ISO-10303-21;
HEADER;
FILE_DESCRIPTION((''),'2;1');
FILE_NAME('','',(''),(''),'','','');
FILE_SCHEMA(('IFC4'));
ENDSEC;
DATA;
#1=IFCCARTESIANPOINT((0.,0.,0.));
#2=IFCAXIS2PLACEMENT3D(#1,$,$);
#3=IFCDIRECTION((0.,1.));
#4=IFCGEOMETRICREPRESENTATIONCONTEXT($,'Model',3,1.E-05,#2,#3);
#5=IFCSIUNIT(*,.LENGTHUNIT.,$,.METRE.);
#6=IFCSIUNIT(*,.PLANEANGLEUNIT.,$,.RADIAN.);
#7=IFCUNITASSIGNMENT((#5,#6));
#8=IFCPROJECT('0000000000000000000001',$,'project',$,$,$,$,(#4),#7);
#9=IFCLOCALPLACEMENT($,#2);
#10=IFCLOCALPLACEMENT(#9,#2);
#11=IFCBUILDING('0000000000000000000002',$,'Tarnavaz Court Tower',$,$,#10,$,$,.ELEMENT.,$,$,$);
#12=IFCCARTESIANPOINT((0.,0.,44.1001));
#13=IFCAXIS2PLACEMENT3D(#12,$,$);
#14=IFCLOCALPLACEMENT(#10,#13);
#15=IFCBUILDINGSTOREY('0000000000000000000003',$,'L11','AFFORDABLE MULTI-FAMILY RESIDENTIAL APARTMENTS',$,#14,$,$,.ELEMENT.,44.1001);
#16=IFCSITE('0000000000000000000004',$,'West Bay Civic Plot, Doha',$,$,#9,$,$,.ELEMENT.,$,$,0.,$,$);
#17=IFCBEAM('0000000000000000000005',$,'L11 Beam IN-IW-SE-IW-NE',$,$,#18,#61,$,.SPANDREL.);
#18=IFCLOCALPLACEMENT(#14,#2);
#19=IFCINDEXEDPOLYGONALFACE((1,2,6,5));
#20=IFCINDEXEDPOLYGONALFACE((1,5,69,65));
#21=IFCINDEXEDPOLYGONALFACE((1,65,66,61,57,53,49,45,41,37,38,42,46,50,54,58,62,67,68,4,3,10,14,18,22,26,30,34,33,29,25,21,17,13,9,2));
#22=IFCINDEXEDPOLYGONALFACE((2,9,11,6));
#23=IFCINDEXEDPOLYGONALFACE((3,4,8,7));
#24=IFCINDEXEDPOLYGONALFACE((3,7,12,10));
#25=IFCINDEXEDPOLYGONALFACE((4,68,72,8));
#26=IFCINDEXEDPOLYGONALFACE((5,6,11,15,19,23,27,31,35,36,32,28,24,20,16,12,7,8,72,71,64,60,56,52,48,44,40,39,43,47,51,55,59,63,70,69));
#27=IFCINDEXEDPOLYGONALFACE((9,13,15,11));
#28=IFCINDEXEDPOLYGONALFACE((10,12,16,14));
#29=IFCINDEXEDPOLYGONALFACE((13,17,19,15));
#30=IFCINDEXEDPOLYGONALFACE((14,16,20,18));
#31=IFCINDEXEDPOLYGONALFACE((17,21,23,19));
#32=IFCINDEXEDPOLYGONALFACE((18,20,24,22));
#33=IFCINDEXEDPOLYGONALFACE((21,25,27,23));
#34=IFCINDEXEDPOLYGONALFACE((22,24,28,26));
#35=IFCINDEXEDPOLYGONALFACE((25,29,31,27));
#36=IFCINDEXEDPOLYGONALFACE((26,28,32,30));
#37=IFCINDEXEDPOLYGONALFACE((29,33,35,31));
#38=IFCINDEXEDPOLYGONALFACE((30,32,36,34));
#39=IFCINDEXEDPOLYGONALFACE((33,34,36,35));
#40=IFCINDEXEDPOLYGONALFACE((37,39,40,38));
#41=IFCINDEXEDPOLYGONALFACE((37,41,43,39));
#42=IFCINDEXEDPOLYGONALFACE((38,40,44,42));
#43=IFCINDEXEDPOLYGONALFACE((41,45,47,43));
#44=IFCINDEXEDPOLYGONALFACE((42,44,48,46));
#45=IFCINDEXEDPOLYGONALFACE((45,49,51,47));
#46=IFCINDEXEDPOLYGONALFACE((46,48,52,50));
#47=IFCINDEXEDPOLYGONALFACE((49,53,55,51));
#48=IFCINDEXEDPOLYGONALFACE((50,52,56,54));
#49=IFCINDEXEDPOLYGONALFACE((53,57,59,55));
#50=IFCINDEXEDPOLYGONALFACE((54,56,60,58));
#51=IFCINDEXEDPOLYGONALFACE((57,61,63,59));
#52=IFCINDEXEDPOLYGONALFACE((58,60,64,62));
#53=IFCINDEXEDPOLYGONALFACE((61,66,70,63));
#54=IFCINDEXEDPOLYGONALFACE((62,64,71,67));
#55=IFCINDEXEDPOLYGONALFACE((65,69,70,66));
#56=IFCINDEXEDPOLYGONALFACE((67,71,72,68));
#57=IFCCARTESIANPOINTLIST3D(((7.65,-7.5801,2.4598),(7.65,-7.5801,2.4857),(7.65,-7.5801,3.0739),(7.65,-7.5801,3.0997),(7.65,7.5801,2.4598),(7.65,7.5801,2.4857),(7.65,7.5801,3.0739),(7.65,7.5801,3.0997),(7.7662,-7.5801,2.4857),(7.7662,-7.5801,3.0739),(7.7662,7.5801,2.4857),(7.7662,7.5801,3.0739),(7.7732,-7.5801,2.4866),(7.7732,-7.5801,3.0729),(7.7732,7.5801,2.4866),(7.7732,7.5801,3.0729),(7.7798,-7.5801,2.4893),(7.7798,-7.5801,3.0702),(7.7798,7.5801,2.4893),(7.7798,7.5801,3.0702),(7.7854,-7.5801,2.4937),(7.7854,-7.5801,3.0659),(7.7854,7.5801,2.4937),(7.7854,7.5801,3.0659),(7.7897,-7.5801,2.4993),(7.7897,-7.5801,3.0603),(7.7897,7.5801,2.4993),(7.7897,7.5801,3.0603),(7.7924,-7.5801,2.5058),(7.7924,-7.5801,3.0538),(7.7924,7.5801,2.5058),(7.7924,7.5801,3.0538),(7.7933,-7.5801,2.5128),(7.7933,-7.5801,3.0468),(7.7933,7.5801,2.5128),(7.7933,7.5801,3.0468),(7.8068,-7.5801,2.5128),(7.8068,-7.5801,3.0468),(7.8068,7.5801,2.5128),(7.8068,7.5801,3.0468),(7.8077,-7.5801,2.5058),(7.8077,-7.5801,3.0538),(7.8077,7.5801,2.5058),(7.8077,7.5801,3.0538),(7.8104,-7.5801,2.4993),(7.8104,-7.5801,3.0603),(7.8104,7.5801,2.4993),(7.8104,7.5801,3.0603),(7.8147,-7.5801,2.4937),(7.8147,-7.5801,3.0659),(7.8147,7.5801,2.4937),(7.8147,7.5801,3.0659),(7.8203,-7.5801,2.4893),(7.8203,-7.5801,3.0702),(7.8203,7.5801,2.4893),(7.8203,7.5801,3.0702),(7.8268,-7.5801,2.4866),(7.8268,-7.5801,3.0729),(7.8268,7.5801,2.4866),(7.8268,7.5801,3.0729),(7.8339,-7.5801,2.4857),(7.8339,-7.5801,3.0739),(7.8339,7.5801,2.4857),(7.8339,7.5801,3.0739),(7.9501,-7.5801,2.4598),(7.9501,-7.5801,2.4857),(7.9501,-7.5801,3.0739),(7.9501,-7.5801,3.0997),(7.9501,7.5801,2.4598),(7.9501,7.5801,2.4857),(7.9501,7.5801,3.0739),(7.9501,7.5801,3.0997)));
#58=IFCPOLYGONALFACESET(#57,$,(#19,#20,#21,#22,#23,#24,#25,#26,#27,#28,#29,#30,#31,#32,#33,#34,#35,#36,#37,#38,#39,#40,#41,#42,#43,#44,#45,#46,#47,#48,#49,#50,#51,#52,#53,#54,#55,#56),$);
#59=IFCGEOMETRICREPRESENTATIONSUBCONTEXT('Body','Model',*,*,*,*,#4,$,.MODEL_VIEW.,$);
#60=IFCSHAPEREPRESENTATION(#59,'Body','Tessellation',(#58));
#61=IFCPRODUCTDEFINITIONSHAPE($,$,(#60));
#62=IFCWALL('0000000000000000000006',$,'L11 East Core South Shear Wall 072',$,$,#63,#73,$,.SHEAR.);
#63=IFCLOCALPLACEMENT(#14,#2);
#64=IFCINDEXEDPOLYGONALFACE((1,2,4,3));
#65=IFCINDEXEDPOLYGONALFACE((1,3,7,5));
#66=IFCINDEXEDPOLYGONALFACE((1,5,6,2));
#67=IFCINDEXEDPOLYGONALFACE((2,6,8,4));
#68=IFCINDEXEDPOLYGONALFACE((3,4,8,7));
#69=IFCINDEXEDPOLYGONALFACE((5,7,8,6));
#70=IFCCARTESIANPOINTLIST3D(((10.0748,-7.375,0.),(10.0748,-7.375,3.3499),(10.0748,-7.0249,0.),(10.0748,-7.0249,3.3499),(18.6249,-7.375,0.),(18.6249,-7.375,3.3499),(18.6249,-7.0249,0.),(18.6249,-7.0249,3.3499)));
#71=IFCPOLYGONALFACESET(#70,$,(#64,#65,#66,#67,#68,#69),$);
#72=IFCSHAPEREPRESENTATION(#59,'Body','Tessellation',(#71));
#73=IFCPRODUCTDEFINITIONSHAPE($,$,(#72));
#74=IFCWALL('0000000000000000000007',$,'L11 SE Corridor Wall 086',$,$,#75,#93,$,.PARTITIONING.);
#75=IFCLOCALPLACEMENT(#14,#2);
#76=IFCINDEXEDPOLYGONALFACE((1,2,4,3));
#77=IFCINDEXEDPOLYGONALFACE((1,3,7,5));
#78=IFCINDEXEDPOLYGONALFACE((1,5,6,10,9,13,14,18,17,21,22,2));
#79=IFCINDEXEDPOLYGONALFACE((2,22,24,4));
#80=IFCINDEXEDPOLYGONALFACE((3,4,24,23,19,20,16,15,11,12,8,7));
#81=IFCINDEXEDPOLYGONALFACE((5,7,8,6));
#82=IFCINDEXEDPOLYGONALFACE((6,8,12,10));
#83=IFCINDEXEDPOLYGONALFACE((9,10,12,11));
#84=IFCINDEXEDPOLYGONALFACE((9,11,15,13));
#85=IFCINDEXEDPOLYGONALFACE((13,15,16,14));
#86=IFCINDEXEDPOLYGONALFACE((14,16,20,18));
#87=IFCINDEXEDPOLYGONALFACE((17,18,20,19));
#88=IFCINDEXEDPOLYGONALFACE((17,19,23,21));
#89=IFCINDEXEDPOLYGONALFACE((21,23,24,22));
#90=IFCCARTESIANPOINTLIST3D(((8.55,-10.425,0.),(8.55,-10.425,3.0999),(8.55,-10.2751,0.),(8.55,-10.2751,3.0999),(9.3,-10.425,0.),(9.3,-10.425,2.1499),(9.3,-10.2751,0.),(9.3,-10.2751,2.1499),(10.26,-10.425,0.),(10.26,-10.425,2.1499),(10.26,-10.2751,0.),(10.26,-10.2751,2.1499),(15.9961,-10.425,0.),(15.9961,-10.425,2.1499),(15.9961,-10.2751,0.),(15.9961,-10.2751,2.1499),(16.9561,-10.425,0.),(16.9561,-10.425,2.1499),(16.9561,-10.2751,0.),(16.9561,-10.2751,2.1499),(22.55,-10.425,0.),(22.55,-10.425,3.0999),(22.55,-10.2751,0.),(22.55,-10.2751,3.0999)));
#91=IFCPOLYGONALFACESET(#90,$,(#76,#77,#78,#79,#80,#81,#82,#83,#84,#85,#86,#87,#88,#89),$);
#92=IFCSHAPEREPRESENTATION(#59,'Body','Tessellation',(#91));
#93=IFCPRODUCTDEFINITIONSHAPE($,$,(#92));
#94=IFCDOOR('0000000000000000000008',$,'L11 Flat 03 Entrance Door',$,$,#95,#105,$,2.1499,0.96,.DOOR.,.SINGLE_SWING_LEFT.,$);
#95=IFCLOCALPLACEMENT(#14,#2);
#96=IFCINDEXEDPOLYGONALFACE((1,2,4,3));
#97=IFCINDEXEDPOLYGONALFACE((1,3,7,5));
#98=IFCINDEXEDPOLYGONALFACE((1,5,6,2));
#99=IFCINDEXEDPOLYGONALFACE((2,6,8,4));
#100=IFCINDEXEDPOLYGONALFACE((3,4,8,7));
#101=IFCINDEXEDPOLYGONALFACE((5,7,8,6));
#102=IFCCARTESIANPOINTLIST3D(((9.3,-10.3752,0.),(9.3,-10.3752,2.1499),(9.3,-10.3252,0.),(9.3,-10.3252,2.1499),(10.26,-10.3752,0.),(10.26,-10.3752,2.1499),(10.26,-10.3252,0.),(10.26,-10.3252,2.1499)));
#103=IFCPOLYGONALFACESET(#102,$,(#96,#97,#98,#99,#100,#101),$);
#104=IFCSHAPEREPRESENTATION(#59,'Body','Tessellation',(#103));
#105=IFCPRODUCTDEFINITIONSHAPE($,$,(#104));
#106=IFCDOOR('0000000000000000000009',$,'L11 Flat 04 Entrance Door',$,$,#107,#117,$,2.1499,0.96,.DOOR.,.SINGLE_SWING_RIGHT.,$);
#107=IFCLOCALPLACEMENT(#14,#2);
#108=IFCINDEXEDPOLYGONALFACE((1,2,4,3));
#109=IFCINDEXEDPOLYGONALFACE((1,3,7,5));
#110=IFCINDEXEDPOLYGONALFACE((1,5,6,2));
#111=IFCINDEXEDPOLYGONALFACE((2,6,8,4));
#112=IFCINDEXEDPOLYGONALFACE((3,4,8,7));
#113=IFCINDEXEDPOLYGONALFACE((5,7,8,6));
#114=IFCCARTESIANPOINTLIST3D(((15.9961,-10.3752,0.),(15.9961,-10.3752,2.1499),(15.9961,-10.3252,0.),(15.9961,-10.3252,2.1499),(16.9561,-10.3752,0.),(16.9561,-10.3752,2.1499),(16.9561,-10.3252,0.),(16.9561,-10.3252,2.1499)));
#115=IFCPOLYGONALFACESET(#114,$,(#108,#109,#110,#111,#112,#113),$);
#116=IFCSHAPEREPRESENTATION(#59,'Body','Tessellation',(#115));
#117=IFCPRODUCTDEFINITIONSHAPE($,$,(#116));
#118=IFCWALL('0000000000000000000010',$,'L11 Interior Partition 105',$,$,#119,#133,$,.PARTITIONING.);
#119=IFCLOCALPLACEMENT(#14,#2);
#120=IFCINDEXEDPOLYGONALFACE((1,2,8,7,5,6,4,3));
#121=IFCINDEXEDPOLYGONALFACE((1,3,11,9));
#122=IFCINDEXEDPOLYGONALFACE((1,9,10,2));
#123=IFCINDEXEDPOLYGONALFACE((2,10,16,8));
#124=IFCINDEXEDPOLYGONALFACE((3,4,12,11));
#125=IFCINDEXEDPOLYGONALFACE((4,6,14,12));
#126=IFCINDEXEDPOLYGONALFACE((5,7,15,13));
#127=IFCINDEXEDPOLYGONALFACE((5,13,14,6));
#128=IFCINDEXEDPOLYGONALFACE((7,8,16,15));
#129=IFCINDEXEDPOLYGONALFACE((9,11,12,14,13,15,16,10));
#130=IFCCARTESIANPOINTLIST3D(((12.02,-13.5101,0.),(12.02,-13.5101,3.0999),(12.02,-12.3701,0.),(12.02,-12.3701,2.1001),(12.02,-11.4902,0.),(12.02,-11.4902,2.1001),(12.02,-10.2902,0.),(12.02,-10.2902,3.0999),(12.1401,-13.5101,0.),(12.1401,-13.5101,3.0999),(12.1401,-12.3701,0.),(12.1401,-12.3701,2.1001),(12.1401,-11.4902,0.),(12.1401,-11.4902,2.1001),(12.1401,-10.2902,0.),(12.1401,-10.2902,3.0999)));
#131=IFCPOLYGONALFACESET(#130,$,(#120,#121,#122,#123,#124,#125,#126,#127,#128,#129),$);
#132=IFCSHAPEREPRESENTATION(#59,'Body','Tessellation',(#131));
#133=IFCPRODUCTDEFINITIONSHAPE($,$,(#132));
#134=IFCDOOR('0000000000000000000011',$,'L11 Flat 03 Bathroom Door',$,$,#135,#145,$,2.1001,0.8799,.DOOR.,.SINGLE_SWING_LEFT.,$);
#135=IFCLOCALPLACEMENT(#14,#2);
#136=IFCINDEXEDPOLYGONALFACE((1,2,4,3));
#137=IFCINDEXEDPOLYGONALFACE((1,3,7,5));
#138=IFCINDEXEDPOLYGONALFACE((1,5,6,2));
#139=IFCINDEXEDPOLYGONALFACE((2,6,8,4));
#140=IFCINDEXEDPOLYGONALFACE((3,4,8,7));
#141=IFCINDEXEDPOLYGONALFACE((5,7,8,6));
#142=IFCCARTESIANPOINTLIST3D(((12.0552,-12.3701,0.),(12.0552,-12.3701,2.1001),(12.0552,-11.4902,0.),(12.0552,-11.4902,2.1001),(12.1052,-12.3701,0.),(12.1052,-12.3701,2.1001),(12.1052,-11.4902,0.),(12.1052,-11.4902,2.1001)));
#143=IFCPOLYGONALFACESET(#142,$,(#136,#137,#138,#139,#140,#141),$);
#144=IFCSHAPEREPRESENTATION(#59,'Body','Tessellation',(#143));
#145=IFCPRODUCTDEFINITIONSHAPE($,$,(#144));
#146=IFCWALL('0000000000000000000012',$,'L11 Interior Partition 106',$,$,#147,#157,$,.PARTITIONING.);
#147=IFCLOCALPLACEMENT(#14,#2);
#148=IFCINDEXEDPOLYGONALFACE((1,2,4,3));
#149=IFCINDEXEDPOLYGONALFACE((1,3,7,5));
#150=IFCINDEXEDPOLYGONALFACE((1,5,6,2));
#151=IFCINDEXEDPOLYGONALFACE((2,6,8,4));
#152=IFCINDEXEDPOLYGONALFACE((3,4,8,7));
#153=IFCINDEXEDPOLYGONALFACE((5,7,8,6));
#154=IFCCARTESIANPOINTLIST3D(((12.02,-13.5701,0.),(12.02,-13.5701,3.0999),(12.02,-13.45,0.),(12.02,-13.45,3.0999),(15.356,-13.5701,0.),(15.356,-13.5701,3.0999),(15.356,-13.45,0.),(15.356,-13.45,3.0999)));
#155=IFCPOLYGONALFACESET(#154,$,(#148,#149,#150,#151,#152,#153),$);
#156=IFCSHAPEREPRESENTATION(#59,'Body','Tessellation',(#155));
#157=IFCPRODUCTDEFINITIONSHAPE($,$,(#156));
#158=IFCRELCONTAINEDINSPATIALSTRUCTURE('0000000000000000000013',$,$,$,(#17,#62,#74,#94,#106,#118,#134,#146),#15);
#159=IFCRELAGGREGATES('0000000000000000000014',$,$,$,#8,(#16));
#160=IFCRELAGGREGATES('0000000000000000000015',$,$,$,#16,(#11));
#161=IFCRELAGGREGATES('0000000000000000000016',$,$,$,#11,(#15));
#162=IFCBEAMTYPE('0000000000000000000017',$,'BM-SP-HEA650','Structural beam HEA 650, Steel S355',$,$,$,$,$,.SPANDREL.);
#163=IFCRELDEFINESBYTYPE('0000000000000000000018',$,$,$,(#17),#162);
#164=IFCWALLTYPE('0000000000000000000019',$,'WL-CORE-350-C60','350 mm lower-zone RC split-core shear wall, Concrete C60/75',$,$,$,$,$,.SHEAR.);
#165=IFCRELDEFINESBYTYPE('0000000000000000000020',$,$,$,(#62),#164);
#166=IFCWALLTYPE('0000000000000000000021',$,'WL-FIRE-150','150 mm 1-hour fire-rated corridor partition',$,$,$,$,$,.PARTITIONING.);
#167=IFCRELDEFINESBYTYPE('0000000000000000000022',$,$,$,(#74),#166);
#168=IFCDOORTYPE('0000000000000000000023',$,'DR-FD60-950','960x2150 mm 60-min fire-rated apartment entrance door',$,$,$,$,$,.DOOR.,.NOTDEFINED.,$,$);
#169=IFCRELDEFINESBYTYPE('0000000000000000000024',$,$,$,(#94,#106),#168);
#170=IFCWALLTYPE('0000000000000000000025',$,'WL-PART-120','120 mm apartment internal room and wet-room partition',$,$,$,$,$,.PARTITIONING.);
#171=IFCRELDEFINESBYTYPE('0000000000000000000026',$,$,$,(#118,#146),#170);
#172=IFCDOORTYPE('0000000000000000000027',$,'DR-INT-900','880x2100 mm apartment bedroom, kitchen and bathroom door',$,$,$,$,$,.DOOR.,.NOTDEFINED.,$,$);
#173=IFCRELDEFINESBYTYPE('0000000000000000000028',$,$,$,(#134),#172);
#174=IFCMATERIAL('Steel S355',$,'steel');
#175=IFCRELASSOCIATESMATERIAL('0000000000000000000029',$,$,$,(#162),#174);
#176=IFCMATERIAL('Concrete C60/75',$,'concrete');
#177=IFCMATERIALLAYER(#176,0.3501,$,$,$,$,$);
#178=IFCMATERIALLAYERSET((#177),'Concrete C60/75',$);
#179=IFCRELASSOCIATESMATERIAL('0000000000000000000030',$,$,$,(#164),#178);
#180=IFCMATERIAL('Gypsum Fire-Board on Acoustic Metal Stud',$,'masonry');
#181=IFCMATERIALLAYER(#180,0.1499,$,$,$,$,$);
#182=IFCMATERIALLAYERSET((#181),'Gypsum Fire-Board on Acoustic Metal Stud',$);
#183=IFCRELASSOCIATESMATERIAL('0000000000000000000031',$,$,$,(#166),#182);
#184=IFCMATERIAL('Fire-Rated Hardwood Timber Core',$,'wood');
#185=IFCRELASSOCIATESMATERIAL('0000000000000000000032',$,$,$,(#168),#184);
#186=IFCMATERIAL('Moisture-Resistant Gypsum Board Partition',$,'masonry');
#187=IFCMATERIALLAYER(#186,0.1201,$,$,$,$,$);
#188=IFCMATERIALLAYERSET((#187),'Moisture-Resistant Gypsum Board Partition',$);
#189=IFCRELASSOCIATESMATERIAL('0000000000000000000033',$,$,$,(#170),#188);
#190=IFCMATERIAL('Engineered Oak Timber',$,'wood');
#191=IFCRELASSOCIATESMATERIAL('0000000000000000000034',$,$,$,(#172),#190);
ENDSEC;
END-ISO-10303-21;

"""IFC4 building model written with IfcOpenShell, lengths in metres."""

from ifc_helpers import new_model, si_unit, direction, frame, frame_2d, origin, origin_2d, place, context, subcontext, project, spatial, rectangle, i_section, extrude, material, layer, layer_set, material_profile, profile_set, type_object, element, fill, save


model = new_model("IFC4")

# Units and contexts
model_context = context("Model", 3, precision=1e-05, world=origin(), true_north=direction((0.0, 1.0)))
body_context = subcontext(model_context, "Body", "Model", "MODEL_VIEW")
ifc_project = project(units=[si_unit("LENGTHUNIT", "METRE"), si_unit("PLANEANGLEUNIT", "RADIAN")], contexts=[model_context])

# Site, building, storey
site_placement = place(None, origin())
site = spatial("IfcSite", under=ifc_project, at=site_placement, Name="West Bay Civic Plot, Doha", CompositionType="ELEMENT", RefElevation=0.0)
building_placement = place(site_placement, origin())
building = spatial("IfcBuilding", under=site, at=building_placement, Name="Tarnavaz Court Tower", CompositionType="ELEMENT")
storey_placement = place(building_placement, frame((0.0, 0.0, 44.1001)))
storey = spatial("IfcBuildingStorey", under=building, at=storey_placement, Name="L11", Description="AFFORDABLE MULTI-FAMILY RESIDENTIAL APARTMENTS", CompositionType="ELEMENT", Elevation=44.1001)

# Shared definitions
ifc_material_1 = material(Name="Concrete C60/75", Category="concrete")

# Beam
ifc_material_2 = material(Name="Steel S355", Category="steel")
ifc_material_profile_1 = material_profile(ifc_material_2, i_section(OverallWidth=0.3, OverallDepth=0.6399, WebThickness=0.0134, FlangeThickness=0.0259, FilletRadius=0.0271, at=origin_2d()), Name="HEA 650")
ifc_profile_set_1 = profile_set([ifc_material_profile_1], Name="Steel S355")
beam_type_1 = type_object("IfcBeamType", Name="BM-SP-HEA650", Description="Structural beam HEA 650, Steel S355", PredefinedType="SPANDREL", material=ifc_profile_set_1)
beam_1_placement = place(storey_placement, frame((7.8, -7.5801, 2.7798), z_axis=(0.0, 1.0, 0.0), x_axis=(-1.0, 0.0, 0.0)))
element("IfcBeam", 1, at=beam_1_placement, inside=storey, type_object=beam_type_1, Name="L11 Beam IN-IW-SE-IW-NE", PredefinedType="SPANDREL", context=body_context, shape_type="SweptSolid", body=[
    extrude(i_section(OverallWidth=0.3, OverallDepth=0.6399, WebThickness=0.0134, FlangeThickness=0.0259, FilletRadius=0.0271, at=origin_2d()), origin(), (0.0, 0.0, 1.0), 15.1602),
])

# Wall
ifc_layer_1 = layer(ifc_material_1, 0.3501)
ifc_layer_set_1 = layer_set([ifc_layer_1], Name="Concrete C60/75")
wall_type_1 = type_object("IfcWallType", Name="WL-CORE-350-C60", Description="350 mm lower-zone RC split-core shear wall, Concrete C60/75", PredefinedType="SHEAR", material=ifc_layer_set_1)
wall_1_placement = place(storey_placement, frame((10.075, -7.2, 0.0), z_axis=(0.0, 0.0, 1.0), x_axis=(1.0, 0.0, 0.0)))
element("IfcWall", 2, at=wall_1_placement, inside=storey, type_object=wall_type_1, Name="L11 East Core South Shear Wall 072", PredefinedType="SHEAR", context=body_context, shape_type="SweptSolid", body=[
    extrude(rectangle(XDim=8.55, YDim=0.3501, at=frame_2d((4.2749, 0.0))), origin(), (0.0, 0.0, 1.0), 3.3499),
])

# Wall, openings, doors
ifc_material_3 = material(Name="Gypsum Fire-Board on Acoustic Metal Stud", Category="masonry")
ifc_layer_2 = layer(ifc_material_3, 0.1499)
ifc_layer_set_2 = layer_set([ifc_layer_2], Name="Gypsum Fire-Board on Acoustic Metal Stud")
wall_type_2 = type_object("IfcWallType", Name="WL-FIRE-150", Description="150 mm 1-hour fire-rated corridor partition", PredefinedType="PARTITIONING", material=ifc_layer_set_2)
wall_2_placement = place(storey_placement, frame((8.55, -10.3501, 0.0), z_axis=(0.0, 0.0, 1.0), x_axis=(1.0, 0.0, 0.0)))
wall_2 = element("IfcWall", 3, at=wall_2_placement, inside=storey, type_object=wall_type_2, Name="L11 SE Corridor Wall 086", PredefinedType="PARTITIONING", context=body_context, shape_type="SweptSolid", body=[
    extrude(rectangle(XDim=14.0, YDim=0.1499, at=frame_2d((7.0, 0.0))), origin(), (0.0, 0.0, 1.0), 3.0999),
])
opening_1_placement = place(wall_2_placement, frame((0.75, 0.0, 0.0)))
opening_1 = element("IfcOpeningElement", 4, at=opening_1_placement, cuts=wall_2, PredefinedType="OPENING", context=body_context, shape_type="SweptSolid", body=[
    extrude(rectangle(XDim=0.96, YDim=2.1499, at=frame_2d((0.48, 1.075))), frame((0.0, 0.085, 0.0), z_axis=(0.0, -1.0, 0.0), x_axis=(1.0, 0.0, 0.0)), (0.0, 0.0, 1.0), 0.1699),
])
opening_2_placement = place(wall_2_placement, frame((7.446, 0.0, 0.0)))
opening_2 = element("IfcOpeningElement", 5, at=opening_2_placement, cuts=wall_2, PredefinedType="OPENING", context=body_context, shape_type="SweptSolid", body=[
    extrude(rectangle(XDim=0.96, YDim=2.1499, at=frame_2d((0.48, 1.075))), frame((0.0, 0.085, 0.0), z_axis=(0.0, -1.0, 0.0), x_axis=(1.0, 0.0, 0.0)), (0.0, 0.0, 1.0), 0.1699),
])
ifc_material_4 = material(Name="Fire-Rated Hardwood Timber Core", Category="wood")
door_type_1 = type_object("IfcDoorType", Name="DR-FD60-950", Description="960x2150 mm 60-min fire-rated apartment entrance door", OperationType="NOTDEFINED", PredefinedType="DOOR", material=ifc_material_4)
door_1_placement = place(opening_1_placement, origin())
door_1 = element("IfcDoor", 6, at=door_1_placement, inside=storey, type_object=door_type_1, Name="L11 Flat 03 Entrance Door", OperationType="SINGLE_SWING_LEFT", OverallHeight=2.1499, OverallWidth=0.96, PredefinedType="DOOR", context=body_context, shape_type="SweptSolid", body=[
    extrude(rectangle(XDim=0.96, YDim=2.1499, at=frame_2d((0.48, 1.075))), frame((0.0, 0.0249, 0.0), z_axis=(0.0, -1.0, 0.0), x_axis=(1.0, 0.0, 0.0)), (0.0, 0.0, 1.0), 0.05),
])
fill(opening_1, door_1)
door_2_placement = place(opening_2_placement, origin())
door_2 = element("IfcDoor", 7, at=door_2_placement, inside=storey, type_object=door_type_1, Name="L11 Flat 04 Entrance Door", OperationType="SINGLE_SWING_RIGHT", OverallHeight=2.1499, OverallWidth=0.96, PredefinedType="DOOR", context=body_context, shape_type="SweptSolid", body=[
    extrude(rectangle(XDim=0.96, YDim=2.1499, at=frame_2d((0.48, 1.075))), frame((0.0, 0.0249, 0.0), z_axis=(0.0, -1.0, 0.0), x_axis=(1.0, 0.0, 0.0)), (0.0, 0.0, 1.0), 0.05),
])
fill(opening_2, door_2)

# Wall, opening, door
ifc_material_5 = material(Name="Moisture-Resistant Gypsum Board Partition", Category="masonry")
ifc_layer_3 = layer(ifc_material_5, 0.1201)
ifc_layer_set_3 = layer_set([ifc_layer_3], Name="Moisture-Resistant Gypsum Board Partition")
wall_type_3 = type_object("IfcWallType", Name="WL-PART-120", Description="120 mm apartment internal room and wet-room partition", PredefinedType="PARTITIONING", material=ifc_layer_set_3)
wall_3_placement = place(storey_placement, frame((12.0801, -13.51, 0.0), z_axis=(0.0, 0.0, 1.0), x_axis=(0.0, 1.0, 0.0)))
wall_3 = element("IfcWall", 8, at=wall_3_placement, inside=storey, type_object=wall_type_3, Name="L11 Interior Partition 105", PredefinedType="PARTITIONING", context=body_context, shape_type="SweptSolid", body=[
    extrude(rectangle(XDim=3.22, YDim=0.1201, at=frame_2d((1.6099, 0.0))), origin(), (0.0, 0.0, 1.0), 3.0999),
])
opening_3_placement = place(wall_3_placement, frame((1.1399, 0.0, 0.0)))
opening_3 = element("IfcOpeningElement", 9, at=opening_3_placement, cuts=wall_3, PredefinedType="OPENING", context=body_context, shape_type="SweptSolid", body=[
    extrude(rectangle(XDim=0.8799, YDim=2.1001, at=frame_2d((0.4399, 1.05))), frame((0.0, 0.0701, 0.0), z_axis=(0.0, -1.0, 0.0), x_axis=(1.0, 0.0, 0.0)), (0.0, 0.0, 1.0), 0.1401),
])
ifc_material_6 = material(Name="Engineered Oak Timber", Category="wood")
door_type_2 = type_object("IfcDoorType", Name="DR-INT-900", Description="880x2100 mm apartment bedroom, kitchen and bathroom door", OperationType="NOTDEFINED", PredefinedType="DOOR", material=ifc_material_6)
door_3_placement = place(opening_3_placement, origin())
door_3 = element("IfcDoor", 10, at=door_3_placement, inside=storey, type_object=door_type_2, Name="L11 Flat 03 Bathroom Door", OperationType="SINGLE_SWING_LEFT", OverallHeight=2.1001, OverallWidth=0.8799, PredefinedType="DOOR", context=body_context, shape_type="SweptSolid", body=[
    extrude(rectangle(XDim=0.8799, YDim=2.1001, at=frame_2d((0.4399, 1.05))), frame((0.0, 0.0249, 0.0), z_axis=(0.0, -1.0, 0.0), x_axis=(1.0, 0.0, 0.0)), (0.0, 0.0, 1.0), 0.05),
])
fill(opening_3, door_3)

# Wall
wall_4_placement = place(storey_placement, frame((12.02, -13.51, 0.0), z_axis=(0.0, 0.0, 1.0), x_axis=(1.0, 0.0, 0.0)))
element("IfcWall", 11, at=wall_4_placement, inside=storey, type_object=wall_type_3, Name="L11 Interior Partition 106", PredefinedType="PARTITIONING", context=body_context, shape_type="SweptSolid", body=[
    extrude(rectangle(XDim=3.3359, YDim=0.1201, at=frame_2d((1.668, 0.0))), origin(), (0.0, 0.0, 1.0), 3.0999),
])

save(model, "model.ifc")
